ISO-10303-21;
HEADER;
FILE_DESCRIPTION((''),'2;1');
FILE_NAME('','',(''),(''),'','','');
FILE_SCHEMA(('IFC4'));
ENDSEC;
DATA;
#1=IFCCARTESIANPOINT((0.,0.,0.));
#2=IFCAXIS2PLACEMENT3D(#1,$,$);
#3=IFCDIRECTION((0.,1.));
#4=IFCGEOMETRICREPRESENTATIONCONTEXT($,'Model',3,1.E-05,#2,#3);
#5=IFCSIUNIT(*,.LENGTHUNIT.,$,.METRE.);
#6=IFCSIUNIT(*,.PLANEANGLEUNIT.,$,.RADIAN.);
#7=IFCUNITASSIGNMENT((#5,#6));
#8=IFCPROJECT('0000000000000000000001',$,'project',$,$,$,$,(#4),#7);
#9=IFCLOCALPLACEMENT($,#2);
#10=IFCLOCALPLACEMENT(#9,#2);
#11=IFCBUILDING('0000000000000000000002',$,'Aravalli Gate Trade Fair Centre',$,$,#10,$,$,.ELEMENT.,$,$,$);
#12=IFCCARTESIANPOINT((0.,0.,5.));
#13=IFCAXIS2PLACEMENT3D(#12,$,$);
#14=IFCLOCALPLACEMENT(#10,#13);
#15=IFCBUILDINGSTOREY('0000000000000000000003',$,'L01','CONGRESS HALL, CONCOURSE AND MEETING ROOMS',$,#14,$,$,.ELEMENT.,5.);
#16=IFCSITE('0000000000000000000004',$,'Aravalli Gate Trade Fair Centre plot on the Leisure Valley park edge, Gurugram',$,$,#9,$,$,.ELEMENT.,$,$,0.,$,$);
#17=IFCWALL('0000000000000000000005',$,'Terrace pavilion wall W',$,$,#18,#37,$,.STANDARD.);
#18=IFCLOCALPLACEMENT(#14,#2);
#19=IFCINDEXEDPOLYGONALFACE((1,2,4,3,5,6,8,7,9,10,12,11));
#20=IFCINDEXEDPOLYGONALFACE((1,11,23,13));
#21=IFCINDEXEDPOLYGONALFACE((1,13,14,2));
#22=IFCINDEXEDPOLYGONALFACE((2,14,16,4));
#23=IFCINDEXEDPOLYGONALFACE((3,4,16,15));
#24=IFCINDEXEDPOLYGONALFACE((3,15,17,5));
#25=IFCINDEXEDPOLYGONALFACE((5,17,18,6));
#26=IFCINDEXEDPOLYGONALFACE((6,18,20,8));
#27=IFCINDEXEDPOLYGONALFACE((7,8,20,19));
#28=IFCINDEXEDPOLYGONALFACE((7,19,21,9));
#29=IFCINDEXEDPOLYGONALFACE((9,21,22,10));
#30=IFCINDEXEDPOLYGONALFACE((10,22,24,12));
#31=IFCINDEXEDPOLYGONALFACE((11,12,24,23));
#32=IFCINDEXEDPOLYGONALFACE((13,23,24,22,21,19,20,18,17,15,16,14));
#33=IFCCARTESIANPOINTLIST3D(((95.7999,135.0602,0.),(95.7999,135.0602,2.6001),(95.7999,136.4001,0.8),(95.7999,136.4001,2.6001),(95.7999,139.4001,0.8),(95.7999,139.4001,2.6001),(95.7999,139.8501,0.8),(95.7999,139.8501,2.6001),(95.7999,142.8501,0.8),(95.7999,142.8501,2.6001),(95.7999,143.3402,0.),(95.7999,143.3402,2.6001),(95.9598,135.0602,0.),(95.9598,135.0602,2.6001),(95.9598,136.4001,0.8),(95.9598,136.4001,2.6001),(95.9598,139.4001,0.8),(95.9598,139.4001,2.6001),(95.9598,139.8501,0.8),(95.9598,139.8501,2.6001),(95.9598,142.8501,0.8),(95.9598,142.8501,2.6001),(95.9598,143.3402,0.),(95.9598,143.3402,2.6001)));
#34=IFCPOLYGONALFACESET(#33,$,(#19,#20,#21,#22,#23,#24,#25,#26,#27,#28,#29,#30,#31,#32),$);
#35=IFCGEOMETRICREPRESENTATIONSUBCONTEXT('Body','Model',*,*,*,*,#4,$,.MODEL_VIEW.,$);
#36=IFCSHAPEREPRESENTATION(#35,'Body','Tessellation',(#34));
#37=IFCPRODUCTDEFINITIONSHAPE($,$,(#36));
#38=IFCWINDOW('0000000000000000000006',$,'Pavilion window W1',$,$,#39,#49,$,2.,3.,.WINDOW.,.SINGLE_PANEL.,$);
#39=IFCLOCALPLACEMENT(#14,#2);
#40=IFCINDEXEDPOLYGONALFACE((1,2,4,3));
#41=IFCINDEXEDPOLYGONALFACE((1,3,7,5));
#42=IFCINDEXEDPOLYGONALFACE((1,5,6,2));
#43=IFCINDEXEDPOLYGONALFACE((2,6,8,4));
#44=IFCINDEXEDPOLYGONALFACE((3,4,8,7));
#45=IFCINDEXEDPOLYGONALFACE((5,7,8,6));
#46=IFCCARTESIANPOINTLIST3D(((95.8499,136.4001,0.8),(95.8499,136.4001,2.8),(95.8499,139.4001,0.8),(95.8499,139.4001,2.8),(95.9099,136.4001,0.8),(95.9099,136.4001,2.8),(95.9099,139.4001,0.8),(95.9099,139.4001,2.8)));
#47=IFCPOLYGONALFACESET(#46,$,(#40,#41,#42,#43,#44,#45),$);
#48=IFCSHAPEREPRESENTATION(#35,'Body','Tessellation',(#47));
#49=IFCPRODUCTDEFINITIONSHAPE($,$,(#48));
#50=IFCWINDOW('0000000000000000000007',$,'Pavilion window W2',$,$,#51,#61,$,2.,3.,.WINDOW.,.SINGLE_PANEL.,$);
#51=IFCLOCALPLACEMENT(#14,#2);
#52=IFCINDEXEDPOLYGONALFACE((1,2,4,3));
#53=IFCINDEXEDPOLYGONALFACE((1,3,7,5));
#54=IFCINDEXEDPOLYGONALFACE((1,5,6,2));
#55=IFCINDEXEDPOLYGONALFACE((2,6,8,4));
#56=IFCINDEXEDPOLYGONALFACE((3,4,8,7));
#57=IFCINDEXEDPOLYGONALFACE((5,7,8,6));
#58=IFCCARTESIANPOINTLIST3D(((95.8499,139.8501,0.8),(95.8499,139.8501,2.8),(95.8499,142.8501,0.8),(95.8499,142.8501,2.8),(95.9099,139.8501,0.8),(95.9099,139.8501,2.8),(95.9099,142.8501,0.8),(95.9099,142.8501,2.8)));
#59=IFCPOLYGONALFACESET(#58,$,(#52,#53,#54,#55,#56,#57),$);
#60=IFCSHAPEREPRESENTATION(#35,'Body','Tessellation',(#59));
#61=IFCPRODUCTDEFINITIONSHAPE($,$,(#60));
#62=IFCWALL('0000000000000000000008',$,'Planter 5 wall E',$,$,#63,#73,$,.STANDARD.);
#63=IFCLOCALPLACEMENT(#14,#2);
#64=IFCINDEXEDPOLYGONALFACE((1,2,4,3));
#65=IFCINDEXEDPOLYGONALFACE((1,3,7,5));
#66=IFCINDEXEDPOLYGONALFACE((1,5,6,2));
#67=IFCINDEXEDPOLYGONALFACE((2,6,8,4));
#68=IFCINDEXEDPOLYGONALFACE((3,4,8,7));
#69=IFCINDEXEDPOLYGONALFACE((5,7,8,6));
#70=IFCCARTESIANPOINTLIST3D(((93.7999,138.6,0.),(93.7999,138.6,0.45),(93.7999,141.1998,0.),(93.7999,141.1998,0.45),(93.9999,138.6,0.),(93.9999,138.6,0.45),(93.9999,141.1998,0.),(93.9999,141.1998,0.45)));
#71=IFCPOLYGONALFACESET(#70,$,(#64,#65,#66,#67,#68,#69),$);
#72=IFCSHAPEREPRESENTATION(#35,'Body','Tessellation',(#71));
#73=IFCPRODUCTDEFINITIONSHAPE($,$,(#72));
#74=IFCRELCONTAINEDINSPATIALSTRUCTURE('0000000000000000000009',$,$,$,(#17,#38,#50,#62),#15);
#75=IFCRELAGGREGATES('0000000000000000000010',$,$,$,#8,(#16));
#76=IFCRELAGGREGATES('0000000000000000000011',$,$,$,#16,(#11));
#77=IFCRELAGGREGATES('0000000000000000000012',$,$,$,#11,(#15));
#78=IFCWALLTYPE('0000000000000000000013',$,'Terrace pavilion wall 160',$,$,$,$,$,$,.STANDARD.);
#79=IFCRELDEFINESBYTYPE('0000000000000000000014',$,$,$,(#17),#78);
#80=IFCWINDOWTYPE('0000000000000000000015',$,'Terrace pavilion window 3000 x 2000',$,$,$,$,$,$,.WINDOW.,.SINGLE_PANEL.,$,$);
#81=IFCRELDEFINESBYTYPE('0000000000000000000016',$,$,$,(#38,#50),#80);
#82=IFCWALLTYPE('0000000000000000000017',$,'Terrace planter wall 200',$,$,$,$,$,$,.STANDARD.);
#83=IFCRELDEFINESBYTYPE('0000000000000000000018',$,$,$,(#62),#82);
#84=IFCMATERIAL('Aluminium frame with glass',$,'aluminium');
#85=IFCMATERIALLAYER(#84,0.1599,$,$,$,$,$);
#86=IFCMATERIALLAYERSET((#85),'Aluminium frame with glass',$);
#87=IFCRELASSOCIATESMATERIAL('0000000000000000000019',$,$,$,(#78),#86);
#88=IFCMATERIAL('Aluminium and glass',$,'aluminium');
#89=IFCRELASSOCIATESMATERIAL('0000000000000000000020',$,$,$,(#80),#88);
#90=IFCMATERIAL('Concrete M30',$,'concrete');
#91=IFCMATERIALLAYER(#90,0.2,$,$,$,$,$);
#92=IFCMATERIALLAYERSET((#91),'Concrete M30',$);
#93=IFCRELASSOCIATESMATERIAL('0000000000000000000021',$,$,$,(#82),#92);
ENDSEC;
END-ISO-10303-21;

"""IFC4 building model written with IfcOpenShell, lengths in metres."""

from ifc_helpers import new_model, si_unit, direction, frame, frame_2d, origin, place, context, subcontext, project, spatial, rectangle, extrude, material, layer, layer_set, type_object, element, fill, save


model = new_model("IFC4")

# Units and contexts
model_context = context("Model", 3, precision=1e-05, world=origin(), true_north=direction((0.0, 1.0)))
body_context = subcontext(model_context, "Body", "Model", "MODEL_VIEW")
ifc_project = project(units=[si_unit("LENGTHUNIT", "METRE"), si_unit("PLANEANGLEUNIT", "RADIAN")], contexts=[model_context])

# Site, building, storey
site_placement = place(None, origin())
site = spatial("IfcSite", under=ifc_project, at=site_placement, Name="Aravalli Gate Trade Fair Centre plot on the Leisure Valley park edge, Gurugram", CompositionType="ELEMENT", RefElevation=0.0)
building_placement = place(site_placement, origin())
building = spatial("IfcBuilding", under=site, at=building_placement, Name="Aravalli Gate Trade Fair Centre", CompositionType="ELEMENT")
storey_placement = place(building_placement, frame((0.0, 0.0, 5.0)))
storey = spatial("IfcBuildingStorey", under=building, at=storey_placement, Name="L01", Description="CONGRESS HALL, CONCOURSE AND MEETING ROOMS", CompositionType="ELEMENT", Elevation=5.0)

# Shared definitions
ifc_material_1 = material(Name="Aluminium and glass", Category="aluminium")

# Shared definitions
ifc_material_2 = material(Name="Aluminium frame with glass", Category="aluminium")
ifc_layer_1 = layer(ifc_material_2, 0.1599)
ifc_layer_set_1 = layer_set([ifc_layer_1], Name="Aluminium frame with glass")
wall_type_1 = type_object("IfcWallType", Name="Terrace pavilion wall 160", PredefinedType="STANDARD", material=ifc_layer_set_1)
window_type = type_object("IfcWindowType", Name="Terrace pavilion window 3000 x 2000", PartitioningType="SINGLE_PANEL", PredefinedType="WINDOW", material=ifc_material_1)

# Wall, openings, windows
wall_1_placement = place(storey_placement, frame((95.8799, 135.0601, 0.0), z_axis=(0.0, 0.0, 1.0), x_axis=(0.0, 1.0, 0.0)))
wall_1 = element("IfcWall", 1, at=wall_1_placement, inside=storey, type_object=wall_type_1, Name="Terrace pavilion wall W", PredefinedType="STANDARD", context=body_context, shape_type="SweptSolid", body=[
    extrude(rectangle(XDim=8.28, YDim=0.1599, at=frame_2d((4.1401, 0.0))), origin(), (0.0, 0.0, 1.0), 2.6001),
])
opening_1_placement = place(wall_1_placement, frame((1.3401, 0.0, 0.8)))
opening_1 = element("IfcOpeningElement", 2, at=opening_1_placement, cuts=wall_1, PredefinedType="OPENING", context=body_context, shape_type="SweptSolid", body=[
    extrude(rectangle(XDim=3.0, YDim=2.0, at=frame_2d((1.5, 1.0))), frame((0.0, 0.0898, 0.0), z_axis=(0.0, -1.0, 0.0), x_axis=(1.0, 0.0, 0.0)), (0.0, 0.0, 1.0), 0.1799),
])
opening_2_placement = place(wall_1_placement, frame((4.79, 0.0, 0.8)))
opening_2 = element("IfcOpeningElement", 3, at=opening_2_placement, cuts=wall_1, PredefinedType="OPENING", context=body_context, shape_type="SweptSolid", body=[
    extrude(rectangle(XDim=3.0, YDim=2.0, at=frame_2d((1.5, 1.0))), frame((0.0, 0.0898, 0.0), z_axis=(0.0, -1.0, 0.0), x_axis=(1.0, 0.0, 0.0)), (0.0, 0.0, 1.0), 0.1799),
])
window_1_placement = place(opening_1_placement, origin())
window_1 = element("IfcWindow", 4, at=window_1_placement, inside=storey, type_object=window_type, Name="Pavilion window W1", OverallHeight=2.0, OverallWidth=3.0, PartitioningType="SINGLE_PANEL", PredefinedType="WINDOW", context=body_context, shape_type="SweptSolid", body=[
    extrude(rectangle(XDim=3.0, YDim=2.0, at=frame_2d((1.5, 1.0))), frame((0.0, 0.03, 0.0), z_axis=(0.0, -1.0, 0.0), x_axis=(1.0, 0.0, 0.0)), (0.0, 0.0, 1.0), 0.0601),
])
fill(opening_1, window_1)
window_2_placement = place(opening_2_placement, origin())
window_2 = element("IfcWindow", 5, at=window_2_placement, inside=storey, type_object=window_type, Name="Pavilion window W2", OverallHeight=2.0, OverallWidth=3.0, PartitioningType="SINGLE_PANEL", PredefinedType="WINDOW", context=body_context, shape_type="SweptSolid", body=[
    extrude(rectangle(XDim=3.0, YDim=2.0, at=frame_2d((1.5, 1.0))), frame((0.0, 0.03, 0.0), z_axis=(0.0, -1.0, 0.0), x_axis=(1.0, 0.0, 0.0)), (0.0, 0.0, 1.0), 0.0601),
])
fill(opening_2, window_2)

# Wall
ifc_material_3 = material(Name="Concrete M30", Category="concrete")
ifc_layer_2 = layer(ifc_material_3, 0.2)
ifc_layer_set_2 = layer_set([ifc_layer_2], Name="Concrete M30")
wall_type_2 = type_object("IfcWallType", Name="Terrace planter wall 200", PredefinedType="STANDARD", material=ifc_layer_set_2)
wall_2_placement = place(storey_placement, frame((93.8999, 138.6001, 0.0), z_axis=(0.0, 0.0, 1.0), x_axis=(0.0, 1.0, 0.0)))
element("IfcWall", 6, at=wall_2_placement, inside=storey, type_object=wall_type_2, Name="Planter 5 wall E", PredefinedType="STANDARD", context=body_context, shape_type="SweptSolid", body=[
    extrude(rectangle(XDim=2.5999, YDim=0.2, at=frame_2d((1.2998, 0.0))), origin(), (0.0, 0.0, 1.0), 0.45),
])

save(model, "model.ifc")
